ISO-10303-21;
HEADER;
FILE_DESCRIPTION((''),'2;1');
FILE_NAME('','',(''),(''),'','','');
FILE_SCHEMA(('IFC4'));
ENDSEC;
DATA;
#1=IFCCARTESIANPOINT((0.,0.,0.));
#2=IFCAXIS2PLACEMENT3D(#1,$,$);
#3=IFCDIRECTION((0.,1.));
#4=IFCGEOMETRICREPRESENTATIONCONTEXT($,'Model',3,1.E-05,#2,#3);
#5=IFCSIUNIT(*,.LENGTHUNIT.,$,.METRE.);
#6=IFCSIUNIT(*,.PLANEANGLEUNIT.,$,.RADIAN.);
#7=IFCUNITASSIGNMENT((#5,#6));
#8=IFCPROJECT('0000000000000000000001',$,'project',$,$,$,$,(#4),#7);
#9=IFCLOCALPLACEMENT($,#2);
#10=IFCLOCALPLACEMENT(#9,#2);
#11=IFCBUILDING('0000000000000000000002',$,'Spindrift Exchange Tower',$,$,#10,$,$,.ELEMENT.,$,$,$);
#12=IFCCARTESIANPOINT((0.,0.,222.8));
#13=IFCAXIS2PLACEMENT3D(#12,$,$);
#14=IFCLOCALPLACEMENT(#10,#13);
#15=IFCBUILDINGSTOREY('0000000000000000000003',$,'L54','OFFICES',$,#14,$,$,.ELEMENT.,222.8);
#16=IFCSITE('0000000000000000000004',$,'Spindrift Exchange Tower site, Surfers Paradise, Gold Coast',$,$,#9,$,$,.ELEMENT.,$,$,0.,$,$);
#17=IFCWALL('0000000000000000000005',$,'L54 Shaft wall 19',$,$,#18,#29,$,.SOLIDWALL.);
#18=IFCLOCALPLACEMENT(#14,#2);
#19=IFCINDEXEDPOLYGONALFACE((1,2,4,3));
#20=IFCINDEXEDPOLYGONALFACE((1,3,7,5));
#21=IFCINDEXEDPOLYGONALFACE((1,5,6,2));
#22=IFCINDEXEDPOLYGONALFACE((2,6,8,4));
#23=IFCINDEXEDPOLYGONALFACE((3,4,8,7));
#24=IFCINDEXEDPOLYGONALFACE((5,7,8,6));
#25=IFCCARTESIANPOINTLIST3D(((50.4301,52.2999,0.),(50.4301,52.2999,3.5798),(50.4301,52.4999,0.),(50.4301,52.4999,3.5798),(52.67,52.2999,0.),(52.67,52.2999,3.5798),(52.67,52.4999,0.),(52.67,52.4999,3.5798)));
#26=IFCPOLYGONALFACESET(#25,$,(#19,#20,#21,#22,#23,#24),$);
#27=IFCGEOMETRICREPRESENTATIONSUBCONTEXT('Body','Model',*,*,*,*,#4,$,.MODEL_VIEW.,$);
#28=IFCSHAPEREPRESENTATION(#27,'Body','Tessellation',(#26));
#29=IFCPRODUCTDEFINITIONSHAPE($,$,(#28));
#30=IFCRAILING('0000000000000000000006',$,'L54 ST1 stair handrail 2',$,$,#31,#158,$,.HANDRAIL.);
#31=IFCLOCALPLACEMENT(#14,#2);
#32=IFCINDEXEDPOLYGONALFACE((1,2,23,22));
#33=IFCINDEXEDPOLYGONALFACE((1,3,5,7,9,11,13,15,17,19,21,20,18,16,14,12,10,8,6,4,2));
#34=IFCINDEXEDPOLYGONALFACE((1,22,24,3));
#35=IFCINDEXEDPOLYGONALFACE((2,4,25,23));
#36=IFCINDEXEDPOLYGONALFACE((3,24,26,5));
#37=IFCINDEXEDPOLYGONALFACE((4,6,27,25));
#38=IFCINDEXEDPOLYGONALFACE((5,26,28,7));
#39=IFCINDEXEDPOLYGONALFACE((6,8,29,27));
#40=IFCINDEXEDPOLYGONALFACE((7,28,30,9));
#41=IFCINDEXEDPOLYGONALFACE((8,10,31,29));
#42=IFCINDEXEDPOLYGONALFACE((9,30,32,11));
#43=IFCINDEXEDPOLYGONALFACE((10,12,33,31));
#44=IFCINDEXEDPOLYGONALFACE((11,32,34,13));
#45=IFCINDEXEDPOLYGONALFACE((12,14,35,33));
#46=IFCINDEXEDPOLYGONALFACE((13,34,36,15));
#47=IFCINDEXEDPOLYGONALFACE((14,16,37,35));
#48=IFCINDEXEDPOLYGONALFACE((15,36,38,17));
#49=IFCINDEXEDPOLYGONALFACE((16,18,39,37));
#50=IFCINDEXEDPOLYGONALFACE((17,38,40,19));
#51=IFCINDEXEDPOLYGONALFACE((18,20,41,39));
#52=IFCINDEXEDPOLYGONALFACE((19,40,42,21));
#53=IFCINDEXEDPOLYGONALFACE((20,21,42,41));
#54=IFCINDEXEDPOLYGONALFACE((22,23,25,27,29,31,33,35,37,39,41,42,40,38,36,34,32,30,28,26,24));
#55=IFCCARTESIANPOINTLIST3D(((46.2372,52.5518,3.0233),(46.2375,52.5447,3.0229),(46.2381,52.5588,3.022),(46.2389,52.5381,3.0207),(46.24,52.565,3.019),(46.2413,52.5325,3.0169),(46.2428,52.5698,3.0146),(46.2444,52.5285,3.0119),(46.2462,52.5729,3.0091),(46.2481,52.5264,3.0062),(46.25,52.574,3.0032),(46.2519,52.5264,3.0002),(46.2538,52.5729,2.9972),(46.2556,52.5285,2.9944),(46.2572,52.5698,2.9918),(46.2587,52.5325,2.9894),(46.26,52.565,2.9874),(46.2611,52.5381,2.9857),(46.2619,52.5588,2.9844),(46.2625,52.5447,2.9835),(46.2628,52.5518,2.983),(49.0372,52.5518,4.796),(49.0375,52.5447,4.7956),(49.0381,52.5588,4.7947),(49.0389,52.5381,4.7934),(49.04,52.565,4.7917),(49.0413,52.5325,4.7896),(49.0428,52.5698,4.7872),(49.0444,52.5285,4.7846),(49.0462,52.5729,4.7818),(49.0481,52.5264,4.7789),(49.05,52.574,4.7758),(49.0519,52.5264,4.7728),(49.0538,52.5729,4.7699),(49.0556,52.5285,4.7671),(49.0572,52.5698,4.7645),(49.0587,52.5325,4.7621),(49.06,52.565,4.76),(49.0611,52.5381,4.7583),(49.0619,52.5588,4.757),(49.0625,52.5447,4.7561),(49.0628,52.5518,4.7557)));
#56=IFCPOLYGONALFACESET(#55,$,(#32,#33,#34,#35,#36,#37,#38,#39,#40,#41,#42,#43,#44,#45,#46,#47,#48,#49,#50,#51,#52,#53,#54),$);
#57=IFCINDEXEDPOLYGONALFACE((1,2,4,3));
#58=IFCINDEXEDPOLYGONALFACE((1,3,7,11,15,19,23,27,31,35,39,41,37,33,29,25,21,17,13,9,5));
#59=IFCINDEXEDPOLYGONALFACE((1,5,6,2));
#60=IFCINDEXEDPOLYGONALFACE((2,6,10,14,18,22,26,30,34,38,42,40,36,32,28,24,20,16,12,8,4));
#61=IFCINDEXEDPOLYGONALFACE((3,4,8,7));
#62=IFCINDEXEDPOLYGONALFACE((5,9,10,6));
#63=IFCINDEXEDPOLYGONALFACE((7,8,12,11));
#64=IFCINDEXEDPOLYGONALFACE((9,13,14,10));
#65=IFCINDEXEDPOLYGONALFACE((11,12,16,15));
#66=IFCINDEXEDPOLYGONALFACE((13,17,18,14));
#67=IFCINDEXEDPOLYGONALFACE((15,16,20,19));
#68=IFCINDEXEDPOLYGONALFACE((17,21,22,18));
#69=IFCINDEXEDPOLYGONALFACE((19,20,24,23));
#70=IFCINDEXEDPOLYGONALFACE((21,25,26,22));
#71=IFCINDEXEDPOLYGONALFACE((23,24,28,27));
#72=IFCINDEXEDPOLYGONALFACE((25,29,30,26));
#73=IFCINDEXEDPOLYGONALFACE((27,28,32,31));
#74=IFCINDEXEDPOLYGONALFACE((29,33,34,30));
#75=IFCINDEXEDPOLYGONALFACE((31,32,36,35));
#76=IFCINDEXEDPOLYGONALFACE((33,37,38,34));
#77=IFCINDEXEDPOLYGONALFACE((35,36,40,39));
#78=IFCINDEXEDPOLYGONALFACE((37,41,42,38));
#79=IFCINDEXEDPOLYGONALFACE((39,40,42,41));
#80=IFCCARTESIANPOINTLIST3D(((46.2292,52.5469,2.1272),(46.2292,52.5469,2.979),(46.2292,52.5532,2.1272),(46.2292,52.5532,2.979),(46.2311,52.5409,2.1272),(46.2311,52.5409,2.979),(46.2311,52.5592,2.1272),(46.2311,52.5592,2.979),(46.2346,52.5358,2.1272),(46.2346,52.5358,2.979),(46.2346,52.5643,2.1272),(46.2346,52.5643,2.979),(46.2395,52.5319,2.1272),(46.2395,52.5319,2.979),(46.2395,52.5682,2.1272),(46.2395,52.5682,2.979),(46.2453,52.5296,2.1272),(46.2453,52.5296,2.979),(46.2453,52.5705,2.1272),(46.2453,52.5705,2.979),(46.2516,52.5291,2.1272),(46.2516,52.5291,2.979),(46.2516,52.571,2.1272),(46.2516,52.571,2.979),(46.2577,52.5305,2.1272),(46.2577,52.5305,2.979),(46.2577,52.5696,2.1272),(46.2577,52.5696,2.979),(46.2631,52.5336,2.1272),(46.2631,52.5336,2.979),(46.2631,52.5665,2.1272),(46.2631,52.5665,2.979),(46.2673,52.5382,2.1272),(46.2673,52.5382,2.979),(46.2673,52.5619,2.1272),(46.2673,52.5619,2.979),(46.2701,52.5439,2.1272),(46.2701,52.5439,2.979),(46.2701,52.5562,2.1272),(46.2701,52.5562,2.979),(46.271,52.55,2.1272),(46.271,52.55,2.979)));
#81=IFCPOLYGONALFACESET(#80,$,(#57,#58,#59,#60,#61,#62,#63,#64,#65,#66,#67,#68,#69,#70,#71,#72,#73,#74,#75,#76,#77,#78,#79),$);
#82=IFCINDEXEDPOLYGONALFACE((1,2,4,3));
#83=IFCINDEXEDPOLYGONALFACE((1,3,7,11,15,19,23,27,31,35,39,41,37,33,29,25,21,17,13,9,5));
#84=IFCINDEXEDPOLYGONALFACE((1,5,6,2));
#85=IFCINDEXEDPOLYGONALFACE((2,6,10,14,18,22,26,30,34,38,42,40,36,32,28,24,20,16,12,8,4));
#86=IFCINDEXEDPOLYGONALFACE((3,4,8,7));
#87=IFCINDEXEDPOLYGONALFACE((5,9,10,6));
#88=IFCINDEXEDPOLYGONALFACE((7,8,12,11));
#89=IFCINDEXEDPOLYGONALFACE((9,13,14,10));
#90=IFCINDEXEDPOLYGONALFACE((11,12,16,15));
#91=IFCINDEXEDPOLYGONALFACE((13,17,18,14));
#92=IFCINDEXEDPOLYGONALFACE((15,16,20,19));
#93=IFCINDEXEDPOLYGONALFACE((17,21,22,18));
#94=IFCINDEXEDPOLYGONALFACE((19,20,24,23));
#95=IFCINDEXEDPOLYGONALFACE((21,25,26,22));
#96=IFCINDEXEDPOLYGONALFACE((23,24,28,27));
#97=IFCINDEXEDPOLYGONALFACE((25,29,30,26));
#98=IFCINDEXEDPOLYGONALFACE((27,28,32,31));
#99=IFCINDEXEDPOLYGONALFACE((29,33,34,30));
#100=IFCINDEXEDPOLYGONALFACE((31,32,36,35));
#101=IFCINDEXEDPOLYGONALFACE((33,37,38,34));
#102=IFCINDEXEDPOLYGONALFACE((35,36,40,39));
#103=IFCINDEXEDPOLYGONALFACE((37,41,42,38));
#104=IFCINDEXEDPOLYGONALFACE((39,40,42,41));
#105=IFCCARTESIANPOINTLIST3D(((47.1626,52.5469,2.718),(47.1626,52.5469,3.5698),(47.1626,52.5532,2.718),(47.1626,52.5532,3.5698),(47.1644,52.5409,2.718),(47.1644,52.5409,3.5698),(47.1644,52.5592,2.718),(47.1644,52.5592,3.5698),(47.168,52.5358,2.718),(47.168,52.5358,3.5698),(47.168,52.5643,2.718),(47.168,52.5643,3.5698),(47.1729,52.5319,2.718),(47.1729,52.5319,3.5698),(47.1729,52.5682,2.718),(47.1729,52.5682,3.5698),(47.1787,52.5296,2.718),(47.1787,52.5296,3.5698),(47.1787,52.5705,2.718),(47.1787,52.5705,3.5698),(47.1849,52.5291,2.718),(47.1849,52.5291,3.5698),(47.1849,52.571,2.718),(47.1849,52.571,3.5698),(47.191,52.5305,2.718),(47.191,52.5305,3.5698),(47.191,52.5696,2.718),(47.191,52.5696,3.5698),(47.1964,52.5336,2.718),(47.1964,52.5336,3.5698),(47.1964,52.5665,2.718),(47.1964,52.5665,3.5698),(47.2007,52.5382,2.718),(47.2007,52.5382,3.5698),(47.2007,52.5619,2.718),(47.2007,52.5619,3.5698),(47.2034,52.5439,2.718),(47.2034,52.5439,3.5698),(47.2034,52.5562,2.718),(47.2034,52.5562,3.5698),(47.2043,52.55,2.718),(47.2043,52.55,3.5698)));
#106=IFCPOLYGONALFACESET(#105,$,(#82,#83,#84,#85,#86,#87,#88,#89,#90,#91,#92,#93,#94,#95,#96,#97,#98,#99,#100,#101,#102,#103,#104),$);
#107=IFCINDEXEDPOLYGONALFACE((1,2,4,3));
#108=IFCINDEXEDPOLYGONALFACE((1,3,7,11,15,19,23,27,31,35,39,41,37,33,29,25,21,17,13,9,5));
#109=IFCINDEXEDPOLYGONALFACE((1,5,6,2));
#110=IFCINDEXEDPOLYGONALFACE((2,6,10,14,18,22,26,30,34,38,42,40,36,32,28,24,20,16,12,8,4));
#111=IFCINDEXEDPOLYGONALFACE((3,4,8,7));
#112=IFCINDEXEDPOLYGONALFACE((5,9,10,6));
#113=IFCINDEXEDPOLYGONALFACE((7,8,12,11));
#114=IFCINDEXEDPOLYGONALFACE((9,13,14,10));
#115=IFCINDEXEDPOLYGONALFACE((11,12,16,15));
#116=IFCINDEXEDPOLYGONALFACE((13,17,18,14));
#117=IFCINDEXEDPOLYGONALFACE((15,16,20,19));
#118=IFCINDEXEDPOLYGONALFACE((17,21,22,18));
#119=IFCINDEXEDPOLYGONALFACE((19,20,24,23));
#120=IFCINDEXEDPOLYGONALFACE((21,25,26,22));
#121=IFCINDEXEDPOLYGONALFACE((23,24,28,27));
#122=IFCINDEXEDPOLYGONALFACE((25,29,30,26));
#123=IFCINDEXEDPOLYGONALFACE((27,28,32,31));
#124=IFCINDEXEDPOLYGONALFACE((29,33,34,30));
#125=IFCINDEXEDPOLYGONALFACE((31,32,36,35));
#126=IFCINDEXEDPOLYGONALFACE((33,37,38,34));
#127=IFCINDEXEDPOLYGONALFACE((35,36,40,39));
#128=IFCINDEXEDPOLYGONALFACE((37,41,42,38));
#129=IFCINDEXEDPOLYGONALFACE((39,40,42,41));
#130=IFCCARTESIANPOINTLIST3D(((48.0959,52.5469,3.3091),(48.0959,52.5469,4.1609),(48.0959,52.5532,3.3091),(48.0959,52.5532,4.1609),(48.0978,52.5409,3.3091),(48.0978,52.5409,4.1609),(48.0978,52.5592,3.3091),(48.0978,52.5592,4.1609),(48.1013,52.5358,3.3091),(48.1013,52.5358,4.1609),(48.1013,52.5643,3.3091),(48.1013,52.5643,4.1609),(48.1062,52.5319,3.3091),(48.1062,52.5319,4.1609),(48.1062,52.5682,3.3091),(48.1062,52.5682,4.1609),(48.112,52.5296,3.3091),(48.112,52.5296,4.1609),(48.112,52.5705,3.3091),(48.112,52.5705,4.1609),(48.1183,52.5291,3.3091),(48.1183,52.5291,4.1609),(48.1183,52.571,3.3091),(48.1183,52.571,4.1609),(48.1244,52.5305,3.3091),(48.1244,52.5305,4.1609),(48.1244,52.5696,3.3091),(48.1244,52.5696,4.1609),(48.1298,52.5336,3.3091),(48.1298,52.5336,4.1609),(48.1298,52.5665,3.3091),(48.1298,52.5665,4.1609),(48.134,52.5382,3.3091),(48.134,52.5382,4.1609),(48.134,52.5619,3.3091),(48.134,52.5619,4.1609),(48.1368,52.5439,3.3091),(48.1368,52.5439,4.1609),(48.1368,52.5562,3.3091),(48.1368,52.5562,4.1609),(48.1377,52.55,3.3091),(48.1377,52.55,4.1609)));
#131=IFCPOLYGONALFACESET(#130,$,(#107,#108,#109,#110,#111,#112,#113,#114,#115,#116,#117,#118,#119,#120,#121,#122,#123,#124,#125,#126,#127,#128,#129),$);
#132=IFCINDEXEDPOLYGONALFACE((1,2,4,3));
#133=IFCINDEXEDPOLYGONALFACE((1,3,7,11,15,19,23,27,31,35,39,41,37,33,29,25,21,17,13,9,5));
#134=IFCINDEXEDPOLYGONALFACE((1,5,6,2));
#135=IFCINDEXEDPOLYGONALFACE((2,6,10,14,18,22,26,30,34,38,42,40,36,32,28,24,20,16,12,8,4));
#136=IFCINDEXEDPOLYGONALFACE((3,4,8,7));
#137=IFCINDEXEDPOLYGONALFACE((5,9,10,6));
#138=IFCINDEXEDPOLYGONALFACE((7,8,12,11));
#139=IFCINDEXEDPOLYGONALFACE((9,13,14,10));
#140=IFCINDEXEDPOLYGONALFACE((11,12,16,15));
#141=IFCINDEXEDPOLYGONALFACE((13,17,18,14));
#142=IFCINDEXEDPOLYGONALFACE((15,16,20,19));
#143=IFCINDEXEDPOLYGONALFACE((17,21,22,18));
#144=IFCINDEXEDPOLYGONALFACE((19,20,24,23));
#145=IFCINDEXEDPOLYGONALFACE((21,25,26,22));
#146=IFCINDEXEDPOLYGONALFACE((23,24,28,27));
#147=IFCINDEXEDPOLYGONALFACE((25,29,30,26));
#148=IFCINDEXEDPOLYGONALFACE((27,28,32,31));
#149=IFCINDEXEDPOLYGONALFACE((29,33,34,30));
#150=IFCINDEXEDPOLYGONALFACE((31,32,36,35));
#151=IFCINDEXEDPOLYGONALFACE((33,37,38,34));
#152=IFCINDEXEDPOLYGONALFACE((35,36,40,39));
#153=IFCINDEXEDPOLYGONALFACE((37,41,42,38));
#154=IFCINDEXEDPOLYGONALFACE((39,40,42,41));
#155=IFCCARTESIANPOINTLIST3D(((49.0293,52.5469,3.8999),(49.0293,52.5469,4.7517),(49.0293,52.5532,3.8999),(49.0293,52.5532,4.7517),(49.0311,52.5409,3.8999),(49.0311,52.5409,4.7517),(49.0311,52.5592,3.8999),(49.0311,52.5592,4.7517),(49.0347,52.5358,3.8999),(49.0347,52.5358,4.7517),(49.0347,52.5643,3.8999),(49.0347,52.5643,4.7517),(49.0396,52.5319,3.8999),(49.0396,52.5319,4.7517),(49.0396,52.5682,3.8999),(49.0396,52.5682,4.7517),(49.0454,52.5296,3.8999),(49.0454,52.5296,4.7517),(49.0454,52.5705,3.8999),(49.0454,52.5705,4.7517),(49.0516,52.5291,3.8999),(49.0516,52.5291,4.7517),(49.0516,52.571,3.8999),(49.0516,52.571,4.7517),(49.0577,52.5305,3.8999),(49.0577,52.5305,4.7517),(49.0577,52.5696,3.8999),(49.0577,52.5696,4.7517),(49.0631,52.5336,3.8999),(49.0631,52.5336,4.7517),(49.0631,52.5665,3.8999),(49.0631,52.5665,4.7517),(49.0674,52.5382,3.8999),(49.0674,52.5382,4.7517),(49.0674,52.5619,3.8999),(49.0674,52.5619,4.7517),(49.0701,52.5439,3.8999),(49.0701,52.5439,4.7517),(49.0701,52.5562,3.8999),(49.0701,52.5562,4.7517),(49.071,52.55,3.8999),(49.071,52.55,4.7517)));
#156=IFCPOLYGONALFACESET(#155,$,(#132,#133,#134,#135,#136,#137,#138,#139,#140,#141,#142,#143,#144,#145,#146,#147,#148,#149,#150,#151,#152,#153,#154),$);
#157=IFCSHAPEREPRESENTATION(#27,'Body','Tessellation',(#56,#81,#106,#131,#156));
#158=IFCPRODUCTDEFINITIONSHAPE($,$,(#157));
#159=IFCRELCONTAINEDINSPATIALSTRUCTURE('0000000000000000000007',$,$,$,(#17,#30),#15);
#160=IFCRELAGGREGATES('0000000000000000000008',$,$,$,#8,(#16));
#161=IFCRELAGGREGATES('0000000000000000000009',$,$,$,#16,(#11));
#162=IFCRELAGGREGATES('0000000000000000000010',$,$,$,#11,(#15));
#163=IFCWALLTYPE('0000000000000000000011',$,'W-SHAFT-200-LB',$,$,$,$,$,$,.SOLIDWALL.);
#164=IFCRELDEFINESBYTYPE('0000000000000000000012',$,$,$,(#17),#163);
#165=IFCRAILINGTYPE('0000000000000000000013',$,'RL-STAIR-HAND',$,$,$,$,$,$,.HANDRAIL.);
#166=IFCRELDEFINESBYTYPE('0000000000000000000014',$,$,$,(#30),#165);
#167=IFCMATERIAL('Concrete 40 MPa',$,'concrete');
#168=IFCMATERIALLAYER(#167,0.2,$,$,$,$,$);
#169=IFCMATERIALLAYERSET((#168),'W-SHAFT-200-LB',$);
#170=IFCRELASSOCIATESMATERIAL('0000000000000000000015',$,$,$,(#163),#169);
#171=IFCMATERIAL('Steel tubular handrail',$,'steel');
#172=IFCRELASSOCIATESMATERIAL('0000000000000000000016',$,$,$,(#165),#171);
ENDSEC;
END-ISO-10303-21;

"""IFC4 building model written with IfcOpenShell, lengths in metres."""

from ifc_helpers import new_model, si_unit, direction, frame, frame_2d, origin, origin_2d, place, context, subcontext, project, spatial, rectangle, circle, extrude, material, layer, layer_set, type_object, element, save


model = new_model("IFC4")

# Units and contexts
model_context = context("Model", 3, precision=1e-05, world=origin(), true_north=direction((0.0, 1.0)))
body_context = subcontext(model_context, "Body", "Model", "MODEL_VIEW")
ifc_project = project(units=[si_unit("LENGTHUNIT", "METRE"), si_unit("PLANEANGLEUNIT", "RADIAN")], contexts=[model_context])

# Site, building, storey
site_placement = place(None, origin())
site = spatial("IfcSite", under=ifc_project, at=site_placement, Name="Spindrift Exchange Tower site, Surfers Paradise, Gold Coast", CompositionType="ELEMENT", RefElevation=0.0)
building_placement = place(site_placement, origin())
building = spatial("IfcBuilding", under=site, at=building_placement, Name="Spindrift Exchange Tower", CompositionType="ELEMENT")
storey_placement = place(building_placement, frame((0.0, 0.0, 222.8)))
storey = spatial("IfcBuildingStorey", under=building, at=storey_placement, Name="L54", Description="OFFICES", CompositionType="ELEMENT", Elevation=222.8)

# Shared definitions
ifc_material_1 = material(Name="Concrete 40 MPa", Category="concrete")
ifc_layer_1 = layer(ifc_material_1, 0.2)
ifc_layer_set_1 = layer_set([ifc_layer_1], Name="W-SHAFT-200-LB")
wall_type_1 = type_object("IfcWallType", Name="W-SHAFT-200-LB", PredefinedType="SOLIDWALL", material=ifc_layer_set_1)

# Wall
wall_1_placement = place(storey_placement, frame((50.4299, 52.3999, 0.0), z_axis=(0.0, 0.0, 1.0), x_axis=(1.0, 0.0, 0.0)))
element("IfcWall", 1, at=wall_1_placement, inside=storey, type_object=wall_type_1, Name="L54 Shaft wall 19", PredefinedType="SOLIDWALL", context=body_context, shape_type="SweptSolid", body=[
    extrude(rectangle(XDim=2.24, YDim=0.2, at=frame_2d((1.1201, 0.0))), origin(), (0.0, 0.0, 1.0), 3.5798),
])

# Railing
ifc_material_2 = material(Name="Steel tubular handrail", Category="steel")
railing_type = type_object("IfcRailingType", Name="RL-STAIR-HAND", PredefinedType="HANDRAIL", material=ifc_material_2)
railing_placement = place(storey_placement, frame((46.25, 52.55, 2.1272)))
element("IfcRailing", 2, at=railing_placement, inside=storey, type_object=railing_type, Name="L54 ST1 stair handrail 2", PredefinedType="HANDRAIL", context=body_context, shape_type="SweptSolid", body=[
    extrude(circle(Radius=0.0239, at=origin_2d()), frame((0.0, 0.0, 0.876), z_axis=(0.844909, 0.0, 0.53491), x_axis=(0.0, 1.0, 0.0)), (0.0, 0.0, 1.0), 3.314),
    extrude(circle(Radius=0.021, at=origin_2d()), origin(), (0.0, 0.0, 1.0), 0.8518),
    extrude(circle(Radius=0.021, at=origin_2d()), frame((0.9333, 0.0, 0.5908)), (0.0, 0.0, 1.0), 0.8518),
    extrude(circle(Radius=0.021, at=origin_2d()), frame((1.8667, 0.0, 1.1819)), (0.0, 0.0, 1.0), 0.8518),
    extrude(circle(Radius=0.021, at=origin_2d()), frame((2.8, 0.0, 1.7727)), (0.0, 0.0, 1.0), 0.8518),
])

save(model, "model.ifc")
